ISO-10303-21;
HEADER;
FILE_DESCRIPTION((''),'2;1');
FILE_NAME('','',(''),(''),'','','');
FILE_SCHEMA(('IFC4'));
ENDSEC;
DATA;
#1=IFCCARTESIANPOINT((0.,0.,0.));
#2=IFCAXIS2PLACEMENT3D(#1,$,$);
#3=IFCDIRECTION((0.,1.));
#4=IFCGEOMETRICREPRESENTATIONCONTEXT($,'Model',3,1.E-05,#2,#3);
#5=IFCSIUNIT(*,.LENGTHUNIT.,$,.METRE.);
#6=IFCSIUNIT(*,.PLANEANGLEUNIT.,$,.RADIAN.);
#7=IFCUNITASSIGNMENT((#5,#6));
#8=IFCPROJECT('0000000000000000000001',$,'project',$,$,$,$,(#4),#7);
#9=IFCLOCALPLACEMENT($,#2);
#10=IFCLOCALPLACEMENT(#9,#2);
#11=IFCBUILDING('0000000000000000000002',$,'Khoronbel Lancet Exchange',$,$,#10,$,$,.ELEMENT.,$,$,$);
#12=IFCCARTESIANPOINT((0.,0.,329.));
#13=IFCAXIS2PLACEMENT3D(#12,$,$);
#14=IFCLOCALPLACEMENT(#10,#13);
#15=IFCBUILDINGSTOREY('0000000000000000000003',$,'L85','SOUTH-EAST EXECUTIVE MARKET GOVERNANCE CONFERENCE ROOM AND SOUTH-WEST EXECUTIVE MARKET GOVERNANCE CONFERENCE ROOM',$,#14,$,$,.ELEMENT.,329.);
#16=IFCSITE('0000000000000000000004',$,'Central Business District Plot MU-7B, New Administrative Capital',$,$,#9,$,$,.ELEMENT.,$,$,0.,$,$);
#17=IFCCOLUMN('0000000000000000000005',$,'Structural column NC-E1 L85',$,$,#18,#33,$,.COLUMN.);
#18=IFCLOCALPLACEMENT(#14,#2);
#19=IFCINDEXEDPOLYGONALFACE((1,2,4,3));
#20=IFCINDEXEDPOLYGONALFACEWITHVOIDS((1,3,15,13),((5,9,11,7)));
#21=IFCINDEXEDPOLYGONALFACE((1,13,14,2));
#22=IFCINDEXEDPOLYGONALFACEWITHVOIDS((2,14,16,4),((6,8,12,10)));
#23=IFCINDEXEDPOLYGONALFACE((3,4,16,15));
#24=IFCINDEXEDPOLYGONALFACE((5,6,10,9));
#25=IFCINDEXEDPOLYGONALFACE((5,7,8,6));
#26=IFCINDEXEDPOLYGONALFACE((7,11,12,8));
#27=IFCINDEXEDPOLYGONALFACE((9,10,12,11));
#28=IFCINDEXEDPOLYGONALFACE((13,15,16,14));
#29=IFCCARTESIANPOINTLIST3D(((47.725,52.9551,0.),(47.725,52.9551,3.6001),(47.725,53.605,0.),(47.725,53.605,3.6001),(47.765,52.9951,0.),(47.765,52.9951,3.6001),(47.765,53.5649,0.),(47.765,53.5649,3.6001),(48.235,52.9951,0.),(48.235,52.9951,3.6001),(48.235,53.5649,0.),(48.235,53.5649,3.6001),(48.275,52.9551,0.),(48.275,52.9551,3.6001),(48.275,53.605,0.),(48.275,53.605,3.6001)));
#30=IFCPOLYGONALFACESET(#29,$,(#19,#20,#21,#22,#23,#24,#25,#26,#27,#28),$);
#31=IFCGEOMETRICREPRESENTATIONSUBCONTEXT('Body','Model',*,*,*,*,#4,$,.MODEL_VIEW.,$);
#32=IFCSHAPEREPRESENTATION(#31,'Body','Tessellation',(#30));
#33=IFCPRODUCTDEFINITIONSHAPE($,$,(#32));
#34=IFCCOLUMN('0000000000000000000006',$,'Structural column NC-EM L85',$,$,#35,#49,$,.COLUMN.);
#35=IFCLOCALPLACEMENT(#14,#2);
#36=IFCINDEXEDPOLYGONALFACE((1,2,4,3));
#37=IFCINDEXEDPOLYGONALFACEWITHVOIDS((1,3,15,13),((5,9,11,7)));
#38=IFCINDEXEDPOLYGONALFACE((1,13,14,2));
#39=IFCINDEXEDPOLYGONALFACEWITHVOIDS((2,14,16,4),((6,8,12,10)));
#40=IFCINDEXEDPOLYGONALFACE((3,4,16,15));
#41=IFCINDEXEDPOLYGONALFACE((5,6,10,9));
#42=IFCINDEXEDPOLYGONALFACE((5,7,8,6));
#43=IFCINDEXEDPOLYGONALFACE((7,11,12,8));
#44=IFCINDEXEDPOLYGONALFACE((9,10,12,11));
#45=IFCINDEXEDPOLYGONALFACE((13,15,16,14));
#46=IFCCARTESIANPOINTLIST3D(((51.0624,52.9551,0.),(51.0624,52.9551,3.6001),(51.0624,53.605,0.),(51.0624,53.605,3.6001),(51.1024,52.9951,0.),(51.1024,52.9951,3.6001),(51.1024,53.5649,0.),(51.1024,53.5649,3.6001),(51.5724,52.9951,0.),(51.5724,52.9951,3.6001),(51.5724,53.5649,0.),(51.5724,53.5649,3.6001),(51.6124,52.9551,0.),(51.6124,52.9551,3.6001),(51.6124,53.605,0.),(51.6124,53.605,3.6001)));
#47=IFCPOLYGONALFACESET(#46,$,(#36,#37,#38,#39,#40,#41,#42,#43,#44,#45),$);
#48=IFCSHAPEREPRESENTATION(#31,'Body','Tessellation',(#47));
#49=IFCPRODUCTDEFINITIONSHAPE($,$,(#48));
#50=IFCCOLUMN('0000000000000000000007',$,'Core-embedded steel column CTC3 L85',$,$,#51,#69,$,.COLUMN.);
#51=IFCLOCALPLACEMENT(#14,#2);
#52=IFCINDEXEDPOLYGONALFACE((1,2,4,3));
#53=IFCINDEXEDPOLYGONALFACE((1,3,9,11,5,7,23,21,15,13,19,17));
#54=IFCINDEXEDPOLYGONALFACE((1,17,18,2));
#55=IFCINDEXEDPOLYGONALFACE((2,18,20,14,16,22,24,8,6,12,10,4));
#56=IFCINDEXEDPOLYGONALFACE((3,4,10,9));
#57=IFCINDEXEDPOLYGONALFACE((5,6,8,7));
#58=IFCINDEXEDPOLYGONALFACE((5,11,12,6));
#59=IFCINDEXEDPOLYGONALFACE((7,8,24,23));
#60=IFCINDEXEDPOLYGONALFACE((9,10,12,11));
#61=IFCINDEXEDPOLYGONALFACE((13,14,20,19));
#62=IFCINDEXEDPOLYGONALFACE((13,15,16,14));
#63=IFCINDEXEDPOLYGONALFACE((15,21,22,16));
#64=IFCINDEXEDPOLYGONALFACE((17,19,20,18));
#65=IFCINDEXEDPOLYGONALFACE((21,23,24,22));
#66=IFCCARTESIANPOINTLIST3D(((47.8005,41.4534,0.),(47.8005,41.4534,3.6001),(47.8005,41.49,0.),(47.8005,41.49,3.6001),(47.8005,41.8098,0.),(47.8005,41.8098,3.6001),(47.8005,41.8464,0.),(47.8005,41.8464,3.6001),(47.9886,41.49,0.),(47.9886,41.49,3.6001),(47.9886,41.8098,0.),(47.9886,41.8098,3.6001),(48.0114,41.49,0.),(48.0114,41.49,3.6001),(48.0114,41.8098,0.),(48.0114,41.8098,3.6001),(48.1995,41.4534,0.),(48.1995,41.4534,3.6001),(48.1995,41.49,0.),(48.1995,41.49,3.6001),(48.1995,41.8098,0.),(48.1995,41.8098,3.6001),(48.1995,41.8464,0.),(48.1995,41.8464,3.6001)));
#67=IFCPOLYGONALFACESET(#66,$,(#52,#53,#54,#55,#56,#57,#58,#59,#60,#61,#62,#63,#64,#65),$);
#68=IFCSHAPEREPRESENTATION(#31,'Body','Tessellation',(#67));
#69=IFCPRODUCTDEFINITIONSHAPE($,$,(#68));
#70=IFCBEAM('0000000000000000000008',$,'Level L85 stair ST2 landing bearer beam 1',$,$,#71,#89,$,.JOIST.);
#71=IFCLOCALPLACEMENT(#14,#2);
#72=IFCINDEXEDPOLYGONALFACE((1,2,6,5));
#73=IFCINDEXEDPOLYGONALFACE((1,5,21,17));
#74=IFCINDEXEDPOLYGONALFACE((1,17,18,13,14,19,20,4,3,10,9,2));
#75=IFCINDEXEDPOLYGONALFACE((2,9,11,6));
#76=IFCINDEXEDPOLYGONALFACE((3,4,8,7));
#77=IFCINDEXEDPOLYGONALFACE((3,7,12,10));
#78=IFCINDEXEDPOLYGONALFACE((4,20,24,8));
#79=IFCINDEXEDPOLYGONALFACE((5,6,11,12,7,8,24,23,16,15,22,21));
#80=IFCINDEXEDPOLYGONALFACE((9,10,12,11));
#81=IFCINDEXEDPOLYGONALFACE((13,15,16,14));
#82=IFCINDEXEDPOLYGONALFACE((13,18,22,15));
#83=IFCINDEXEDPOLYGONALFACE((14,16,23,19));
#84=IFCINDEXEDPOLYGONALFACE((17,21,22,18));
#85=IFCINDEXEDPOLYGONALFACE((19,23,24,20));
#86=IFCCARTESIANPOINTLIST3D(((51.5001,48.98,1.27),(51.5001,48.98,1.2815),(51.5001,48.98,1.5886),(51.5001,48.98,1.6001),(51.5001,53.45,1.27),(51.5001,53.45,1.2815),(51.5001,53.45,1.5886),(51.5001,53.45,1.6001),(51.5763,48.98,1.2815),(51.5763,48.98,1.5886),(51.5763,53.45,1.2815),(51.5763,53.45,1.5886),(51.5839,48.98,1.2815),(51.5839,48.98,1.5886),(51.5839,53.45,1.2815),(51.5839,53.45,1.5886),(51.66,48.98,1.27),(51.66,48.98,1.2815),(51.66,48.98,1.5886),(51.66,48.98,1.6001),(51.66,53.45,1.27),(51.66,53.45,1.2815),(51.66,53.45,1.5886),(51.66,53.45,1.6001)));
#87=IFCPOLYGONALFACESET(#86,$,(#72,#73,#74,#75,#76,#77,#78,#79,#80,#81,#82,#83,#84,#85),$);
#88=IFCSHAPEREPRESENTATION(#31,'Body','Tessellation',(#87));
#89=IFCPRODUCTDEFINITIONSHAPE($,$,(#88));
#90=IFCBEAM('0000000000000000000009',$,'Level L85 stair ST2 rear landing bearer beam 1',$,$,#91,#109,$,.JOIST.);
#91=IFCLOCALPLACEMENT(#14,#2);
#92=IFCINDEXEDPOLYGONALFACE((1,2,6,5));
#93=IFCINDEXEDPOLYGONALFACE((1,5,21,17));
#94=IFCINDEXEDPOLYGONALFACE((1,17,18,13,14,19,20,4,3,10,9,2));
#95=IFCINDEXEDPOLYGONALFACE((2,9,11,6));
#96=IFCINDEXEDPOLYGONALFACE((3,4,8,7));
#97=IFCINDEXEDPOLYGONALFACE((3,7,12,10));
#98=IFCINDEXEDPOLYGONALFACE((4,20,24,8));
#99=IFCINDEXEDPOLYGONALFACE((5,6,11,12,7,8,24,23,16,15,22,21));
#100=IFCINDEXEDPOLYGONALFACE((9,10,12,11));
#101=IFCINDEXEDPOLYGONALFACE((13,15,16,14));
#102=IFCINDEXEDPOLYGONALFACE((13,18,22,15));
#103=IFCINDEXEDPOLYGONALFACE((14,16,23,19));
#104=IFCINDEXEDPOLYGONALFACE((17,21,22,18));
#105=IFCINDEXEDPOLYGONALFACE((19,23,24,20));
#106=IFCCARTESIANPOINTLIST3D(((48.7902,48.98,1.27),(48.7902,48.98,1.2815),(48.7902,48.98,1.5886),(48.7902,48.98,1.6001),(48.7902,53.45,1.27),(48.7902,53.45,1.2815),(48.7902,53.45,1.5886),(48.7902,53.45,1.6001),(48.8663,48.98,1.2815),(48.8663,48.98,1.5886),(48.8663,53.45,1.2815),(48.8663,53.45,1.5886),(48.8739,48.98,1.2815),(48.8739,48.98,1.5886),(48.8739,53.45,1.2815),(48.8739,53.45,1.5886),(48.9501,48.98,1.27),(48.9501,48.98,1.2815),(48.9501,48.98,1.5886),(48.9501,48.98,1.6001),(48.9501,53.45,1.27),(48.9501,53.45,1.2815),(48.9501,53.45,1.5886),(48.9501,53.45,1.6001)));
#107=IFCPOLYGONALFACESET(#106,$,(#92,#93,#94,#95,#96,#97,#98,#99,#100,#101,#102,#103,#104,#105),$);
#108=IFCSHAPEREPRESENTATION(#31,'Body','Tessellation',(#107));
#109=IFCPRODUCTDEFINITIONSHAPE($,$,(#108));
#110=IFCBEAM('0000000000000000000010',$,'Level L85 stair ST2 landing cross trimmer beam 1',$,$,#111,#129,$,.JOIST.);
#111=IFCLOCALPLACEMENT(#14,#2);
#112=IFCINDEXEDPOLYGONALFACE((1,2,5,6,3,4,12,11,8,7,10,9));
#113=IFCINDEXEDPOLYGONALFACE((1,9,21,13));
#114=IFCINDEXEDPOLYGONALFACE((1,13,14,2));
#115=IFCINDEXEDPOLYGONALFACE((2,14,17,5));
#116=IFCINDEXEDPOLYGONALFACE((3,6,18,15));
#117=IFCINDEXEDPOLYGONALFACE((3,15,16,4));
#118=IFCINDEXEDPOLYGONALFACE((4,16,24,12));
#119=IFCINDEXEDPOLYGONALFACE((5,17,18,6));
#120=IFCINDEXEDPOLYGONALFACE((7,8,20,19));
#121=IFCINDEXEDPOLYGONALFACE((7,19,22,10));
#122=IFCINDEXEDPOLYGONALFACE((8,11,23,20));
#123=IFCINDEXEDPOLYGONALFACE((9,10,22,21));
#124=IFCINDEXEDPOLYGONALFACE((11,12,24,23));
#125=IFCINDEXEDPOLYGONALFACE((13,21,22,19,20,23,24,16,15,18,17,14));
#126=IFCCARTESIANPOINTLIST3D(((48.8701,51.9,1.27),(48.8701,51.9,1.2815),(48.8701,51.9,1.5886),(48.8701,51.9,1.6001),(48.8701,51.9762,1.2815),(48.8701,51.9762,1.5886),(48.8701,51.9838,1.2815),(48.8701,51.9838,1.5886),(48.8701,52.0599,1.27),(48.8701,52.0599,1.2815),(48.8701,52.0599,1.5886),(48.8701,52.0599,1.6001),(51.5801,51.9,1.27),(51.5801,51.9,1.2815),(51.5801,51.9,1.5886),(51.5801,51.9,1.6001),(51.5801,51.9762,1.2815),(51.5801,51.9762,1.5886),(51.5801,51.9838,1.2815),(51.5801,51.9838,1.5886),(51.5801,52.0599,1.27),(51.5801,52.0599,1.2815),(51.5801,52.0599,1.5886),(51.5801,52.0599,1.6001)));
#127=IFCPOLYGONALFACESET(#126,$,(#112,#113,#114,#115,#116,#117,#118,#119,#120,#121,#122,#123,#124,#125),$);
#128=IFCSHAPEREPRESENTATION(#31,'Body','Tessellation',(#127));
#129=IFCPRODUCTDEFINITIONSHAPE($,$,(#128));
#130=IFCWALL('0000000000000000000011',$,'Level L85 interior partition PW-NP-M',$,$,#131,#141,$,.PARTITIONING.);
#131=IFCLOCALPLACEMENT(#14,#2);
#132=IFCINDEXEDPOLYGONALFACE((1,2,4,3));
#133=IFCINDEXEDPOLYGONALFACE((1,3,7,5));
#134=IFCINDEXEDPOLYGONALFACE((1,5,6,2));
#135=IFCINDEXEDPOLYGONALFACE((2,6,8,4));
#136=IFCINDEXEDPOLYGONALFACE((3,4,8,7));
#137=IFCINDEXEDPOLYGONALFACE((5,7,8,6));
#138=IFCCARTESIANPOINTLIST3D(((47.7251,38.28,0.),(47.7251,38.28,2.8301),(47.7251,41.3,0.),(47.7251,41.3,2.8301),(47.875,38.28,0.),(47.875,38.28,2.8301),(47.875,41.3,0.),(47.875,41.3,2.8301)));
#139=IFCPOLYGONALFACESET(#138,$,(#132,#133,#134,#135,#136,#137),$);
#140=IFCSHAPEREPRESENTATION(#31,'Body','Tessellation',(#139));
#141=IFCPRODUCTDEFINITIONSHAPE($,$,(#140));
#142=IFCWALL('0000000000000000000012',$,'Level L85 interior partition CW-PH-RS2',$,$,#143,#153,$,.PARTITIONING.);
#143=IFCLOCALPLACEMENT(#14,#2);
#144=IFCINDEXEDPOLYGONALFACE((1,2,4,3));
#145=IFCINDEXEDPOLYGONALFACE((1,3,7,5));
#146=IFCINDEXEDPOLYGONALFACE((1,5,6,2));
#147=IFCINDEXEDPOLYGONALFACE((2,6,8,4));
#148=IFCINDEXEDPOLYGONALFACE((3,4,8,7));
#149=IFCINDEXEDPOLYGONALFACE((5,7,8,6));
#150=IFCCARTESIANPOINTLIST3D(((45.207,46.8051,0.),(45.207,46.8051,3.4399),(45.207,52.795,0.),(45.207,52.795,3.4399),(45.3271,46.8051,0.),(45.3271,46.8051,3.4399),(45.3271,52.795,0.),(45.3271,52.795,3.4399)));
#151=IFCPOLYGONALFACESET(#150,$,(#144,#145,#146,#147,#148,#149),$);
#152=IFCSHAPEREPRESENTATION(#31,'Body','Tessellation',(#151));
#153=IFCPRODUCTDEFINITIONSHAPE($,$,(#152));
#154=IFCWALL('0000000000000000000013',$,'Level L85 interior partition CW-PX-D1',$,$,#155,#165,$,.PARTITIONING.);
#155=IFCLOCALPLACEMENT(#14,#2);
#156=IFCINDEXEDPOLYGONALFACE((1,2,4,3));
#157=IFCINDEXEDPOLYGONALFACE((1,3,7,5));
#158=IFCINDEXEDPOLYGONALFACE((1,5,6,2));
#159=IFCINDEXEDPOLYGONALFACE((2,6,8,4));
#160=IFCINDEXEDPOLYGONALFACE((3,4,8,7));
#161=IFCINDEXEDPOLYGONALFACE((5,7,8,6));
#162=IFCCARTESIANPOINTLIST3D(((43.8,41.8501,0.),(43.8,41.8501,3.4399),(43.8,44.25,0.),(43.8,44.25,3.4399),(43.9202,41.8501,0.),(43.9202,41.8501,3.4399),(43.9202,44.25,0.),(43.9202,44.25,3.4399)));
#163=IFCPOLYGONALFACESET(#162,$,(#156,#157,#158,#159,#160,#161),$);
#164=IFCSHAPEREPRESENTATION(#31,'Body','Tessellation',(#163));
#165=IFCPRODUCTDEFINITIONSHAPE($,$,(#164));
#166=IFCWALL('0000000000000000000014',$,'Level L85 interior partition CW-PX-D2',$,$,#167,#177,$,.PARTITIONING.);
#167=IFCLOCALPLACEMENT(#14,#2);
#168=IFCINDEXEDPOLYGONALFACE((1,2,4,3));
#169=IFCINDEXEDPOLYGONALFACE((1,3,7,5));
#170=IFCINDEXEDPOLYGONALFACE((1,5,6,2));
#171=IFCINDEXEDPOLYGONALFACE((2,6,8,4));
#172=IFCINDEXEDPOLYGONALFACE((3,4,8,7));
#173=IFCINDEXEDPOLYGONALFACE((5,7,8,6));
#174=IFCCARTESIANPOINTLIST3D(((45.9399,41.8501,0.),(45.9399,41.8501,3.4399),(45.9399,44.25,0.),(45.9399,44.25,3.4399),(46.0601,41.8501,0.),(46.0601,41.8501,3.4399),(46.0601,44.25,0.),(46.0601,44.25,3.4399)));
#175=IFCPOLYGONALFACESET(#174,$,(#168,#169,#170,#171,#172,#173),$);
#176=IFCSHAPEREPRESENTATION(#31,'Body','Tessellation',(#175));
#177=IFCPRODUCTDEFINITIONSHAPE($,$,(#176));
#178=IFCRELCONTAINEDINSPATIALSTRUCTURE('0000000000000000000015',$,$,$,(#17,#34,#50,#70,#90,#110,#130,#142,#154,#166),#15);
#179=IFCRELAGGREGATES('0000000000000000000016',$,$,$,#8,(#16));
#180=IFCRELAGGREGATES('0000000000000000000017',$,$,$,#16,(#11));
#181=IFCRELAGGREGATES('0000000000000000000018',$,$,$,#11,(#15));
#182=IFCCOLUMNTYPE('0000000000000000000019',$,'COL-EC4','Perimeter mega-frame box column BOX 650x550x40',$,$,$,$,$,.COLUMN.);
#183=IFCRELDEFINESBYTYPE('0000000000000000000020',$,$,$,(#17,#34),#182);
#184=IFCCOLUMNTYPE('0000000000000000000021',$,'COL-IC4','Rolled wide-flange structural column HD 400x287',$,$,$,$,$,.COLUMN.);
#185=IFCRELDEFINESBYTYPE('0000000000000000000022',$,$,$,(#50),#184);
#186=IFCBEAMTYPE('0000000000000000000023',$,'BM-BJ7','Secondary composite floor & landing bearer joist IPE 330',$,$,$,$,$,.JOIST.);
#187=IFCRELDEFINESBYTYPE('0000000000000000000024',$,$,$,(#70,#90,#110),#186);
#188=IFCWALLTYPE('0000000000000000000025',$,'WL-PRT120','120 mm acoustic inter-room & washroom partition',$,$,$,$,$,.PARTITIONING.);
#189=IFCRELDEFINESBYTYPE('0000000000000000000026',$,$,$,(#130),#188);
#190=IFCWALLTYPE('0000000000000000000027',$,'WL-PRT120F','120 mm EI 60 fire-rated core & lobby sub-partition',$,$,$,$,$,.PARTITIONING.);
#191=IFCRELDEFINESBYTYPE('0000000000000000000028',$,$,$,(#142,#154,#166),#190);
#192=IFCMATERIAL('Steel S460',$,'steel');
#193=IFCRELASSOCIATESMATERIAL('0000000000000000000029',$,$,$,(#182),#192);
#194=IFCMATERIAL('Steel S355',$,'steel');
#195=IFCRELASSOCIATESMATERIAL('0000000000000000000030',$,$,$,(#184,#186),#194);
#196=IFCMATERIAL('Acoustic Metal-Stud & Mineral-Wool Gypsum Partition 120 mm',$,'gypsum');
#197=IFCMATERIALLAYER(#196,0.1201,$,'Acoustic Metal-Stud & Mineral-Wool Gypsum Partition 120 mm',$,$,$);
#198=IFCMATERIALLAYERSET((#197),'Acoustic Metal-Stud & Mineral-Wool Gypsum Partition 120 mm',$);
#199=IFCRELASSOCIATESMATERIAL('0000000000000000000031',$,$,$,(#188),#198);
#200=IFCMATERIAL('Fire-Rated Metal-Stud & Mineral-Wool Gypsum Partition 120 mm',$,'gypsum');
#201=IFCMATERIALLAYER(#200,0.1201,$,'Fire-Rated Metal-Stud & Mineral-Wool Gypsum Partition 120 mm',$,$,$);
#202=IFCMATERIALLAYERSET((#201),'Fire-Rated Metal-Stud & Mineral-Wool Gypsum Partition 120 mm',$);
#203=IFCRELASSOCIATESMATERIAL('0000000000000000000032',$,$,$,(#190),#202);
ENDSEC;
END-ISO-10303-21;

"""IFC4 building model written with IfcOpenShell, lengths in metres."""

from ifc_helpers import new_model, si_unit, direction, frame, frame_2d, origin, origin_2d, place, context, subcontext, project, spatial, rectangle, hollow_rectangle, i_section, extrude, material, layer, layer_set, material_profile, profile_set, type_object, element, save


model = new_model("IFC4")

# Units and contexts
model_context = context("Model", 3, precision=1e-05, world=origin(), true_north=direction((0.0, 1.0)))
body_context = subcontext(model_context, "Body", "Model", "MODEL_VIEW")
ifc_project = project(units=[si_unit("LENGTHUNIT", "METRE"), si_unit("PLANEANGLEUNIT", "RADIAN")], contexts=[model_context])

# Site, building, storey
site_placement = place(None, origin())
site = spatial("IfcSite", under=ifc_project, at=site_placement, Name="Central Business District Plot MU-7B, New Administrative Capital", CompositionType="ELEMENT", RefElevation=0.0)
building_placement = place(site_placement, origin())
building = spatial("IfcBuilding", under=site, at=building_placement, Name="Khoronbel Lancet Exchange", CompositionType="ELEMENT")
storey_placement = place(building_placement, frame((0.0, 0.0, 329.0)))
storey = spatial("IfcBuildingStorey", under=building, at=storey_placement, Name="L85", Description="SOUTH-EAST EXECUTIVE MARKET GOVERNANCE CONFERENCE ROOM AND SOUTH-WEST EXECUTIVE MARKET GOVERNANCE CONFERENCE ROOM", CompositionType="ELEMENT", Elevation=329.0)

# Columns
ifc_material_1 = material(Name="Steel S460", Category="steel")
ifc_material_profile_1 = material_profile(ifc_material_1, hollow_rectangle(XDim=0.55, YDim=0.6499, WallThickness=0.04, at=origin_2d()), Name="BOX 650x550x40")
ifc_profile_set_1 = profile_set([ifc_material_profile_1], Name="Steel S460")
column_type_1 = type_object("IfcColumnType", Name="COL-EC4", Description="Perimeter mega-frame box column BOX 650x550x40", PredefinedType="COLUMN", material=ifc_profile_set_1)
for number, where, z_axis, x_axis, name in (
    (1, (48.0, 53.28, 0.0), (0.0, 0.0, 1.0), (1.0, 0.0, 0.0), "Structural column NC-E1 L85"),
    (2, (51.3374, 53.28, 0.0), (0.0, 0.0, 1.0), (1.0, 0.0, 0.0), "Structural column NC-EM L85"),
):
    element("IfcColumn", number, at=place(storey_placement, frame(where, z_axis=z_axis, x_axis=x_axis)), inside=storey, type_object=column_type_1, Name=name, PredefinedType="COLUMN", context=body_context, shape_type="SweptSolid", body=[
        extrude(hollow_rectangle(XDim=0.55, YDim=0.6499, WallThickness=0.04, at=origin_2d()), origin(), (0.0, 0.0, 1.0), 3.6001),
    ])
ifc_material_2 = material(Name="Steel S355", Category="steel")
ifc_material_profile_2 = material_profile(ifc_material_2, i_section(OverallWidth=0.3989, OverallDepth=0.3931, WebThickness=0.0227, FlangeThickness=0.0366, at=origin_2d()), Name="HD 400x287")
ifc_profile_set_2 = profile_set([ifc_material_profile_2], Name="Steel S355")
column_type_2 = type_object("IfcColumnType", Name="COL-IC4", Description="Rolled wide-flange structural column HD 400x287", PredefinedType="COLUMN", material=ifc_profile_set_2)
column_placement = place(storey_placement, frame((48.0, 41.6499, 0.0), z_axis=(0.0, 0.0, 1.0), x_axis=(1.0, 0.0, 0.0)))
element("IfcColumn", 3, at=column_placement, inside=storey, type_object=column_type_2, Name="Core-embedded steel column CTC3 L85", PredefinedType="COLUMN", context=body_context, shape_type="SweptSolid", body=[
    extrude(i_section(OverallWidth=0.3989, OverallDepth=0.3931, WebThickness=0.0227, FlangeThickness=0.0366, at=origin_2d()), origin(), (0.0, 0.0, 1.0), 3.6001),
])

# Beams
ifc_material_profile_3 = material_profile(ifc_material_2, i_section(OverallWidth=0.1599, OverallDepth=0.3301, WebThickness=0.0076, FlangeThickness=0.0115, at=origin_2d()), Name="IPE 330")
ifc_profile_set_3 = profile_set([ifc_material_profile_3], Name="Steel S355")
beam_type = type_object("IfcBeamType", Name="BM-BJ7", Description="Secondary composite floor & landing bearer joist IPE 330", PredefinedType="JOIST", material=ifc_profile_set_3)
for number, where, z_axis, x_axis, name in (
    (4, (51.5801, 48.98, 1.4351), (0.0, 1.0, 0.0), (-1.0, 0.0, 0.0), "Level L85 stair ST2 landing bearer beam 1"),
    (5, (48.8701, 48.98, 1.4351), (0.0, 1.0, 0.0), (-1.0, 0.0, 0.0), "Level L85 stair ST2 rear landing bearer beam 1"),
):
    element("IfcBeam", number, at=place(storey_placement, frame(where, z_axis=z_axis, x_axis=x_axis)), inside=storey, type_object=beam_type, Name=name, PredefinedType="JOIST", context=body_context, shape_type="SweptSolid", body=[
        extrude(i_section(OverallWidth=0.1599, OverallDepth=0.3301, WebThickness=0.0076, FlangeThickness=0.0115, at=origin_2d()), origin(), (0.0, 0.0, 1.0), 4.47),
    ])
beam_placement = place(storey_placement, frame((48.8701, 51.98, 1.4351), z_axis=(1.0, 0.0, 0.0), x_axis=(0.0, 1.0, 0.0)))
element("IfcBeam", 6, at=beam_placement, inside=storey, type_object=beam_type, Name="Level L85 stair ST2 landing cross trimmer beam 1", PredefinedType="JOIST", context=body_context, shape_type="SweptSolid", body=[
    extrude(i_section(OverallWidth=0.1599, OverallDepth=0.3301, WebThickness=0.0076, FlangeThickness=0.0115, at=origin_2d()), origin(), (0.0, 0.0, 1.0), 2.71),
])

# Walls
ifc_material_3 = material(Name="Acoustic Metal-Stud & Mineral-Wool Gypsum Partition 120 mm", Category="gypsum")
ifc_layer_1 = layer(ifc_material_3, 0.1201, Name="Acoustic Metal-Stud & Mineral-Wool Gypsum Partition 120 mm")
ifc_layer_set_1 = layer_set([ifc_layer_1], Name="Acoustic Metal-Stud & Mineral-Wool Gypsum Partition 120 mm")
wall_type_1 = type_object("IfcWallType", Name="WL-PRT120", Description="120 mm acoustic inter-room & washroom partition", PredefinedType="PARTITIONING", material=ifc_layer_set_1)
wall_1_placement = place(storey_placement, frame((47.8, 38.28, 0.0), z_axis=(0.0, 0.0, 1.0), x_axis=(0.0, 1.0, 0.0)))
element("IfcWall", 7, at=wall_1_placement, inside=storey, type_object=wall_type_1, Name="Level L85 interior partition PW-NP-M", PredefinedType="PARTITIONING", context=body_context, shape_type="SweptSolid", body=[
    extrude(rectangle(XDim=3.02, YDim=0.1499, at=frame_2d((1.51, 0.0))), origin(), (0.0, 0.0, 1.0), 2.8301),
])
ifc_material_4 = material(Name="Fire-Rated Metal-Stud & Mineral-Wool Gypsum Partition 120 mm", Category="gypsum")
ifc_layer_2 = layer(ifc_material_4, 0.1201, Name="Fire-Rated Metal-Stud & Mineral-Wool Gypsum Partition 120 mm")
ifc_layer_set_2 = layer_set([ifc_layer_2], Name="Fire-Rated Metal-Stud & Mineral-Wool Gypsum Partition 120 mm")
wall_type_2 = type_object("IfcWallType", Name="WL-PRT120F", Description="120 mm EI 60 fire-rated core & lobby sub-partition", PredefinedType="PARTITIONING", material=ifc_layer_set_2)
wall_2_placement = place(storey_placement, frame((45.2671, 46.8049, 0.0), z_axis=(0.0, 0.0, 1.0), x_axis=(0.0, 1.0, 0.0)))
element("IfcWall", 8, at=wall_2_placement, inside=storey, type_object=wall_type_2, Name="Level L85 interior partition CW-PH-RS2", PredefinedType="PARTITIONING", context=body_context, shape_type="SweptSolid", body=[
    extrude(rectangle(XDim=5.99, YDim=0.1201, at=frame_2d((2.9951, 0.0))), origin(), (0.0, 0.0, 1.0), 3.4399),
])
for number, where, z_axis, x_axis, name in (
    (9, (43.8601, 41.8501, 0.0), (0.0, 0.0, 1.0), (0.0, 1.0, 0.0), "Level L85 interior partition CW-PX-D1"),
    (10, (46.0, 41.8501, 0.0), (0.0, 0.0, 1.0), (0.0, 1.0, 0.0), "Level L85 interior partition CW-PX-D2"),
):
    element("IfcWall", number, at=place(storey_placement, frame(where, z_axis=z_axis, x_axis=x_axis)), inside=storey, type_object=wall_type_2, Name=name, PredefinedType="PARTITIONING", context=body_context, shape_type="SweptSolid", body=[
        extrude(rectangle(XDim=2.3999, YDim=0.1201, at=frame_2d((1.2, 0.0))), origin(), (0.0, 0.0, 1.0), 3.4399),
    ])

save(model, "model.ifc")
